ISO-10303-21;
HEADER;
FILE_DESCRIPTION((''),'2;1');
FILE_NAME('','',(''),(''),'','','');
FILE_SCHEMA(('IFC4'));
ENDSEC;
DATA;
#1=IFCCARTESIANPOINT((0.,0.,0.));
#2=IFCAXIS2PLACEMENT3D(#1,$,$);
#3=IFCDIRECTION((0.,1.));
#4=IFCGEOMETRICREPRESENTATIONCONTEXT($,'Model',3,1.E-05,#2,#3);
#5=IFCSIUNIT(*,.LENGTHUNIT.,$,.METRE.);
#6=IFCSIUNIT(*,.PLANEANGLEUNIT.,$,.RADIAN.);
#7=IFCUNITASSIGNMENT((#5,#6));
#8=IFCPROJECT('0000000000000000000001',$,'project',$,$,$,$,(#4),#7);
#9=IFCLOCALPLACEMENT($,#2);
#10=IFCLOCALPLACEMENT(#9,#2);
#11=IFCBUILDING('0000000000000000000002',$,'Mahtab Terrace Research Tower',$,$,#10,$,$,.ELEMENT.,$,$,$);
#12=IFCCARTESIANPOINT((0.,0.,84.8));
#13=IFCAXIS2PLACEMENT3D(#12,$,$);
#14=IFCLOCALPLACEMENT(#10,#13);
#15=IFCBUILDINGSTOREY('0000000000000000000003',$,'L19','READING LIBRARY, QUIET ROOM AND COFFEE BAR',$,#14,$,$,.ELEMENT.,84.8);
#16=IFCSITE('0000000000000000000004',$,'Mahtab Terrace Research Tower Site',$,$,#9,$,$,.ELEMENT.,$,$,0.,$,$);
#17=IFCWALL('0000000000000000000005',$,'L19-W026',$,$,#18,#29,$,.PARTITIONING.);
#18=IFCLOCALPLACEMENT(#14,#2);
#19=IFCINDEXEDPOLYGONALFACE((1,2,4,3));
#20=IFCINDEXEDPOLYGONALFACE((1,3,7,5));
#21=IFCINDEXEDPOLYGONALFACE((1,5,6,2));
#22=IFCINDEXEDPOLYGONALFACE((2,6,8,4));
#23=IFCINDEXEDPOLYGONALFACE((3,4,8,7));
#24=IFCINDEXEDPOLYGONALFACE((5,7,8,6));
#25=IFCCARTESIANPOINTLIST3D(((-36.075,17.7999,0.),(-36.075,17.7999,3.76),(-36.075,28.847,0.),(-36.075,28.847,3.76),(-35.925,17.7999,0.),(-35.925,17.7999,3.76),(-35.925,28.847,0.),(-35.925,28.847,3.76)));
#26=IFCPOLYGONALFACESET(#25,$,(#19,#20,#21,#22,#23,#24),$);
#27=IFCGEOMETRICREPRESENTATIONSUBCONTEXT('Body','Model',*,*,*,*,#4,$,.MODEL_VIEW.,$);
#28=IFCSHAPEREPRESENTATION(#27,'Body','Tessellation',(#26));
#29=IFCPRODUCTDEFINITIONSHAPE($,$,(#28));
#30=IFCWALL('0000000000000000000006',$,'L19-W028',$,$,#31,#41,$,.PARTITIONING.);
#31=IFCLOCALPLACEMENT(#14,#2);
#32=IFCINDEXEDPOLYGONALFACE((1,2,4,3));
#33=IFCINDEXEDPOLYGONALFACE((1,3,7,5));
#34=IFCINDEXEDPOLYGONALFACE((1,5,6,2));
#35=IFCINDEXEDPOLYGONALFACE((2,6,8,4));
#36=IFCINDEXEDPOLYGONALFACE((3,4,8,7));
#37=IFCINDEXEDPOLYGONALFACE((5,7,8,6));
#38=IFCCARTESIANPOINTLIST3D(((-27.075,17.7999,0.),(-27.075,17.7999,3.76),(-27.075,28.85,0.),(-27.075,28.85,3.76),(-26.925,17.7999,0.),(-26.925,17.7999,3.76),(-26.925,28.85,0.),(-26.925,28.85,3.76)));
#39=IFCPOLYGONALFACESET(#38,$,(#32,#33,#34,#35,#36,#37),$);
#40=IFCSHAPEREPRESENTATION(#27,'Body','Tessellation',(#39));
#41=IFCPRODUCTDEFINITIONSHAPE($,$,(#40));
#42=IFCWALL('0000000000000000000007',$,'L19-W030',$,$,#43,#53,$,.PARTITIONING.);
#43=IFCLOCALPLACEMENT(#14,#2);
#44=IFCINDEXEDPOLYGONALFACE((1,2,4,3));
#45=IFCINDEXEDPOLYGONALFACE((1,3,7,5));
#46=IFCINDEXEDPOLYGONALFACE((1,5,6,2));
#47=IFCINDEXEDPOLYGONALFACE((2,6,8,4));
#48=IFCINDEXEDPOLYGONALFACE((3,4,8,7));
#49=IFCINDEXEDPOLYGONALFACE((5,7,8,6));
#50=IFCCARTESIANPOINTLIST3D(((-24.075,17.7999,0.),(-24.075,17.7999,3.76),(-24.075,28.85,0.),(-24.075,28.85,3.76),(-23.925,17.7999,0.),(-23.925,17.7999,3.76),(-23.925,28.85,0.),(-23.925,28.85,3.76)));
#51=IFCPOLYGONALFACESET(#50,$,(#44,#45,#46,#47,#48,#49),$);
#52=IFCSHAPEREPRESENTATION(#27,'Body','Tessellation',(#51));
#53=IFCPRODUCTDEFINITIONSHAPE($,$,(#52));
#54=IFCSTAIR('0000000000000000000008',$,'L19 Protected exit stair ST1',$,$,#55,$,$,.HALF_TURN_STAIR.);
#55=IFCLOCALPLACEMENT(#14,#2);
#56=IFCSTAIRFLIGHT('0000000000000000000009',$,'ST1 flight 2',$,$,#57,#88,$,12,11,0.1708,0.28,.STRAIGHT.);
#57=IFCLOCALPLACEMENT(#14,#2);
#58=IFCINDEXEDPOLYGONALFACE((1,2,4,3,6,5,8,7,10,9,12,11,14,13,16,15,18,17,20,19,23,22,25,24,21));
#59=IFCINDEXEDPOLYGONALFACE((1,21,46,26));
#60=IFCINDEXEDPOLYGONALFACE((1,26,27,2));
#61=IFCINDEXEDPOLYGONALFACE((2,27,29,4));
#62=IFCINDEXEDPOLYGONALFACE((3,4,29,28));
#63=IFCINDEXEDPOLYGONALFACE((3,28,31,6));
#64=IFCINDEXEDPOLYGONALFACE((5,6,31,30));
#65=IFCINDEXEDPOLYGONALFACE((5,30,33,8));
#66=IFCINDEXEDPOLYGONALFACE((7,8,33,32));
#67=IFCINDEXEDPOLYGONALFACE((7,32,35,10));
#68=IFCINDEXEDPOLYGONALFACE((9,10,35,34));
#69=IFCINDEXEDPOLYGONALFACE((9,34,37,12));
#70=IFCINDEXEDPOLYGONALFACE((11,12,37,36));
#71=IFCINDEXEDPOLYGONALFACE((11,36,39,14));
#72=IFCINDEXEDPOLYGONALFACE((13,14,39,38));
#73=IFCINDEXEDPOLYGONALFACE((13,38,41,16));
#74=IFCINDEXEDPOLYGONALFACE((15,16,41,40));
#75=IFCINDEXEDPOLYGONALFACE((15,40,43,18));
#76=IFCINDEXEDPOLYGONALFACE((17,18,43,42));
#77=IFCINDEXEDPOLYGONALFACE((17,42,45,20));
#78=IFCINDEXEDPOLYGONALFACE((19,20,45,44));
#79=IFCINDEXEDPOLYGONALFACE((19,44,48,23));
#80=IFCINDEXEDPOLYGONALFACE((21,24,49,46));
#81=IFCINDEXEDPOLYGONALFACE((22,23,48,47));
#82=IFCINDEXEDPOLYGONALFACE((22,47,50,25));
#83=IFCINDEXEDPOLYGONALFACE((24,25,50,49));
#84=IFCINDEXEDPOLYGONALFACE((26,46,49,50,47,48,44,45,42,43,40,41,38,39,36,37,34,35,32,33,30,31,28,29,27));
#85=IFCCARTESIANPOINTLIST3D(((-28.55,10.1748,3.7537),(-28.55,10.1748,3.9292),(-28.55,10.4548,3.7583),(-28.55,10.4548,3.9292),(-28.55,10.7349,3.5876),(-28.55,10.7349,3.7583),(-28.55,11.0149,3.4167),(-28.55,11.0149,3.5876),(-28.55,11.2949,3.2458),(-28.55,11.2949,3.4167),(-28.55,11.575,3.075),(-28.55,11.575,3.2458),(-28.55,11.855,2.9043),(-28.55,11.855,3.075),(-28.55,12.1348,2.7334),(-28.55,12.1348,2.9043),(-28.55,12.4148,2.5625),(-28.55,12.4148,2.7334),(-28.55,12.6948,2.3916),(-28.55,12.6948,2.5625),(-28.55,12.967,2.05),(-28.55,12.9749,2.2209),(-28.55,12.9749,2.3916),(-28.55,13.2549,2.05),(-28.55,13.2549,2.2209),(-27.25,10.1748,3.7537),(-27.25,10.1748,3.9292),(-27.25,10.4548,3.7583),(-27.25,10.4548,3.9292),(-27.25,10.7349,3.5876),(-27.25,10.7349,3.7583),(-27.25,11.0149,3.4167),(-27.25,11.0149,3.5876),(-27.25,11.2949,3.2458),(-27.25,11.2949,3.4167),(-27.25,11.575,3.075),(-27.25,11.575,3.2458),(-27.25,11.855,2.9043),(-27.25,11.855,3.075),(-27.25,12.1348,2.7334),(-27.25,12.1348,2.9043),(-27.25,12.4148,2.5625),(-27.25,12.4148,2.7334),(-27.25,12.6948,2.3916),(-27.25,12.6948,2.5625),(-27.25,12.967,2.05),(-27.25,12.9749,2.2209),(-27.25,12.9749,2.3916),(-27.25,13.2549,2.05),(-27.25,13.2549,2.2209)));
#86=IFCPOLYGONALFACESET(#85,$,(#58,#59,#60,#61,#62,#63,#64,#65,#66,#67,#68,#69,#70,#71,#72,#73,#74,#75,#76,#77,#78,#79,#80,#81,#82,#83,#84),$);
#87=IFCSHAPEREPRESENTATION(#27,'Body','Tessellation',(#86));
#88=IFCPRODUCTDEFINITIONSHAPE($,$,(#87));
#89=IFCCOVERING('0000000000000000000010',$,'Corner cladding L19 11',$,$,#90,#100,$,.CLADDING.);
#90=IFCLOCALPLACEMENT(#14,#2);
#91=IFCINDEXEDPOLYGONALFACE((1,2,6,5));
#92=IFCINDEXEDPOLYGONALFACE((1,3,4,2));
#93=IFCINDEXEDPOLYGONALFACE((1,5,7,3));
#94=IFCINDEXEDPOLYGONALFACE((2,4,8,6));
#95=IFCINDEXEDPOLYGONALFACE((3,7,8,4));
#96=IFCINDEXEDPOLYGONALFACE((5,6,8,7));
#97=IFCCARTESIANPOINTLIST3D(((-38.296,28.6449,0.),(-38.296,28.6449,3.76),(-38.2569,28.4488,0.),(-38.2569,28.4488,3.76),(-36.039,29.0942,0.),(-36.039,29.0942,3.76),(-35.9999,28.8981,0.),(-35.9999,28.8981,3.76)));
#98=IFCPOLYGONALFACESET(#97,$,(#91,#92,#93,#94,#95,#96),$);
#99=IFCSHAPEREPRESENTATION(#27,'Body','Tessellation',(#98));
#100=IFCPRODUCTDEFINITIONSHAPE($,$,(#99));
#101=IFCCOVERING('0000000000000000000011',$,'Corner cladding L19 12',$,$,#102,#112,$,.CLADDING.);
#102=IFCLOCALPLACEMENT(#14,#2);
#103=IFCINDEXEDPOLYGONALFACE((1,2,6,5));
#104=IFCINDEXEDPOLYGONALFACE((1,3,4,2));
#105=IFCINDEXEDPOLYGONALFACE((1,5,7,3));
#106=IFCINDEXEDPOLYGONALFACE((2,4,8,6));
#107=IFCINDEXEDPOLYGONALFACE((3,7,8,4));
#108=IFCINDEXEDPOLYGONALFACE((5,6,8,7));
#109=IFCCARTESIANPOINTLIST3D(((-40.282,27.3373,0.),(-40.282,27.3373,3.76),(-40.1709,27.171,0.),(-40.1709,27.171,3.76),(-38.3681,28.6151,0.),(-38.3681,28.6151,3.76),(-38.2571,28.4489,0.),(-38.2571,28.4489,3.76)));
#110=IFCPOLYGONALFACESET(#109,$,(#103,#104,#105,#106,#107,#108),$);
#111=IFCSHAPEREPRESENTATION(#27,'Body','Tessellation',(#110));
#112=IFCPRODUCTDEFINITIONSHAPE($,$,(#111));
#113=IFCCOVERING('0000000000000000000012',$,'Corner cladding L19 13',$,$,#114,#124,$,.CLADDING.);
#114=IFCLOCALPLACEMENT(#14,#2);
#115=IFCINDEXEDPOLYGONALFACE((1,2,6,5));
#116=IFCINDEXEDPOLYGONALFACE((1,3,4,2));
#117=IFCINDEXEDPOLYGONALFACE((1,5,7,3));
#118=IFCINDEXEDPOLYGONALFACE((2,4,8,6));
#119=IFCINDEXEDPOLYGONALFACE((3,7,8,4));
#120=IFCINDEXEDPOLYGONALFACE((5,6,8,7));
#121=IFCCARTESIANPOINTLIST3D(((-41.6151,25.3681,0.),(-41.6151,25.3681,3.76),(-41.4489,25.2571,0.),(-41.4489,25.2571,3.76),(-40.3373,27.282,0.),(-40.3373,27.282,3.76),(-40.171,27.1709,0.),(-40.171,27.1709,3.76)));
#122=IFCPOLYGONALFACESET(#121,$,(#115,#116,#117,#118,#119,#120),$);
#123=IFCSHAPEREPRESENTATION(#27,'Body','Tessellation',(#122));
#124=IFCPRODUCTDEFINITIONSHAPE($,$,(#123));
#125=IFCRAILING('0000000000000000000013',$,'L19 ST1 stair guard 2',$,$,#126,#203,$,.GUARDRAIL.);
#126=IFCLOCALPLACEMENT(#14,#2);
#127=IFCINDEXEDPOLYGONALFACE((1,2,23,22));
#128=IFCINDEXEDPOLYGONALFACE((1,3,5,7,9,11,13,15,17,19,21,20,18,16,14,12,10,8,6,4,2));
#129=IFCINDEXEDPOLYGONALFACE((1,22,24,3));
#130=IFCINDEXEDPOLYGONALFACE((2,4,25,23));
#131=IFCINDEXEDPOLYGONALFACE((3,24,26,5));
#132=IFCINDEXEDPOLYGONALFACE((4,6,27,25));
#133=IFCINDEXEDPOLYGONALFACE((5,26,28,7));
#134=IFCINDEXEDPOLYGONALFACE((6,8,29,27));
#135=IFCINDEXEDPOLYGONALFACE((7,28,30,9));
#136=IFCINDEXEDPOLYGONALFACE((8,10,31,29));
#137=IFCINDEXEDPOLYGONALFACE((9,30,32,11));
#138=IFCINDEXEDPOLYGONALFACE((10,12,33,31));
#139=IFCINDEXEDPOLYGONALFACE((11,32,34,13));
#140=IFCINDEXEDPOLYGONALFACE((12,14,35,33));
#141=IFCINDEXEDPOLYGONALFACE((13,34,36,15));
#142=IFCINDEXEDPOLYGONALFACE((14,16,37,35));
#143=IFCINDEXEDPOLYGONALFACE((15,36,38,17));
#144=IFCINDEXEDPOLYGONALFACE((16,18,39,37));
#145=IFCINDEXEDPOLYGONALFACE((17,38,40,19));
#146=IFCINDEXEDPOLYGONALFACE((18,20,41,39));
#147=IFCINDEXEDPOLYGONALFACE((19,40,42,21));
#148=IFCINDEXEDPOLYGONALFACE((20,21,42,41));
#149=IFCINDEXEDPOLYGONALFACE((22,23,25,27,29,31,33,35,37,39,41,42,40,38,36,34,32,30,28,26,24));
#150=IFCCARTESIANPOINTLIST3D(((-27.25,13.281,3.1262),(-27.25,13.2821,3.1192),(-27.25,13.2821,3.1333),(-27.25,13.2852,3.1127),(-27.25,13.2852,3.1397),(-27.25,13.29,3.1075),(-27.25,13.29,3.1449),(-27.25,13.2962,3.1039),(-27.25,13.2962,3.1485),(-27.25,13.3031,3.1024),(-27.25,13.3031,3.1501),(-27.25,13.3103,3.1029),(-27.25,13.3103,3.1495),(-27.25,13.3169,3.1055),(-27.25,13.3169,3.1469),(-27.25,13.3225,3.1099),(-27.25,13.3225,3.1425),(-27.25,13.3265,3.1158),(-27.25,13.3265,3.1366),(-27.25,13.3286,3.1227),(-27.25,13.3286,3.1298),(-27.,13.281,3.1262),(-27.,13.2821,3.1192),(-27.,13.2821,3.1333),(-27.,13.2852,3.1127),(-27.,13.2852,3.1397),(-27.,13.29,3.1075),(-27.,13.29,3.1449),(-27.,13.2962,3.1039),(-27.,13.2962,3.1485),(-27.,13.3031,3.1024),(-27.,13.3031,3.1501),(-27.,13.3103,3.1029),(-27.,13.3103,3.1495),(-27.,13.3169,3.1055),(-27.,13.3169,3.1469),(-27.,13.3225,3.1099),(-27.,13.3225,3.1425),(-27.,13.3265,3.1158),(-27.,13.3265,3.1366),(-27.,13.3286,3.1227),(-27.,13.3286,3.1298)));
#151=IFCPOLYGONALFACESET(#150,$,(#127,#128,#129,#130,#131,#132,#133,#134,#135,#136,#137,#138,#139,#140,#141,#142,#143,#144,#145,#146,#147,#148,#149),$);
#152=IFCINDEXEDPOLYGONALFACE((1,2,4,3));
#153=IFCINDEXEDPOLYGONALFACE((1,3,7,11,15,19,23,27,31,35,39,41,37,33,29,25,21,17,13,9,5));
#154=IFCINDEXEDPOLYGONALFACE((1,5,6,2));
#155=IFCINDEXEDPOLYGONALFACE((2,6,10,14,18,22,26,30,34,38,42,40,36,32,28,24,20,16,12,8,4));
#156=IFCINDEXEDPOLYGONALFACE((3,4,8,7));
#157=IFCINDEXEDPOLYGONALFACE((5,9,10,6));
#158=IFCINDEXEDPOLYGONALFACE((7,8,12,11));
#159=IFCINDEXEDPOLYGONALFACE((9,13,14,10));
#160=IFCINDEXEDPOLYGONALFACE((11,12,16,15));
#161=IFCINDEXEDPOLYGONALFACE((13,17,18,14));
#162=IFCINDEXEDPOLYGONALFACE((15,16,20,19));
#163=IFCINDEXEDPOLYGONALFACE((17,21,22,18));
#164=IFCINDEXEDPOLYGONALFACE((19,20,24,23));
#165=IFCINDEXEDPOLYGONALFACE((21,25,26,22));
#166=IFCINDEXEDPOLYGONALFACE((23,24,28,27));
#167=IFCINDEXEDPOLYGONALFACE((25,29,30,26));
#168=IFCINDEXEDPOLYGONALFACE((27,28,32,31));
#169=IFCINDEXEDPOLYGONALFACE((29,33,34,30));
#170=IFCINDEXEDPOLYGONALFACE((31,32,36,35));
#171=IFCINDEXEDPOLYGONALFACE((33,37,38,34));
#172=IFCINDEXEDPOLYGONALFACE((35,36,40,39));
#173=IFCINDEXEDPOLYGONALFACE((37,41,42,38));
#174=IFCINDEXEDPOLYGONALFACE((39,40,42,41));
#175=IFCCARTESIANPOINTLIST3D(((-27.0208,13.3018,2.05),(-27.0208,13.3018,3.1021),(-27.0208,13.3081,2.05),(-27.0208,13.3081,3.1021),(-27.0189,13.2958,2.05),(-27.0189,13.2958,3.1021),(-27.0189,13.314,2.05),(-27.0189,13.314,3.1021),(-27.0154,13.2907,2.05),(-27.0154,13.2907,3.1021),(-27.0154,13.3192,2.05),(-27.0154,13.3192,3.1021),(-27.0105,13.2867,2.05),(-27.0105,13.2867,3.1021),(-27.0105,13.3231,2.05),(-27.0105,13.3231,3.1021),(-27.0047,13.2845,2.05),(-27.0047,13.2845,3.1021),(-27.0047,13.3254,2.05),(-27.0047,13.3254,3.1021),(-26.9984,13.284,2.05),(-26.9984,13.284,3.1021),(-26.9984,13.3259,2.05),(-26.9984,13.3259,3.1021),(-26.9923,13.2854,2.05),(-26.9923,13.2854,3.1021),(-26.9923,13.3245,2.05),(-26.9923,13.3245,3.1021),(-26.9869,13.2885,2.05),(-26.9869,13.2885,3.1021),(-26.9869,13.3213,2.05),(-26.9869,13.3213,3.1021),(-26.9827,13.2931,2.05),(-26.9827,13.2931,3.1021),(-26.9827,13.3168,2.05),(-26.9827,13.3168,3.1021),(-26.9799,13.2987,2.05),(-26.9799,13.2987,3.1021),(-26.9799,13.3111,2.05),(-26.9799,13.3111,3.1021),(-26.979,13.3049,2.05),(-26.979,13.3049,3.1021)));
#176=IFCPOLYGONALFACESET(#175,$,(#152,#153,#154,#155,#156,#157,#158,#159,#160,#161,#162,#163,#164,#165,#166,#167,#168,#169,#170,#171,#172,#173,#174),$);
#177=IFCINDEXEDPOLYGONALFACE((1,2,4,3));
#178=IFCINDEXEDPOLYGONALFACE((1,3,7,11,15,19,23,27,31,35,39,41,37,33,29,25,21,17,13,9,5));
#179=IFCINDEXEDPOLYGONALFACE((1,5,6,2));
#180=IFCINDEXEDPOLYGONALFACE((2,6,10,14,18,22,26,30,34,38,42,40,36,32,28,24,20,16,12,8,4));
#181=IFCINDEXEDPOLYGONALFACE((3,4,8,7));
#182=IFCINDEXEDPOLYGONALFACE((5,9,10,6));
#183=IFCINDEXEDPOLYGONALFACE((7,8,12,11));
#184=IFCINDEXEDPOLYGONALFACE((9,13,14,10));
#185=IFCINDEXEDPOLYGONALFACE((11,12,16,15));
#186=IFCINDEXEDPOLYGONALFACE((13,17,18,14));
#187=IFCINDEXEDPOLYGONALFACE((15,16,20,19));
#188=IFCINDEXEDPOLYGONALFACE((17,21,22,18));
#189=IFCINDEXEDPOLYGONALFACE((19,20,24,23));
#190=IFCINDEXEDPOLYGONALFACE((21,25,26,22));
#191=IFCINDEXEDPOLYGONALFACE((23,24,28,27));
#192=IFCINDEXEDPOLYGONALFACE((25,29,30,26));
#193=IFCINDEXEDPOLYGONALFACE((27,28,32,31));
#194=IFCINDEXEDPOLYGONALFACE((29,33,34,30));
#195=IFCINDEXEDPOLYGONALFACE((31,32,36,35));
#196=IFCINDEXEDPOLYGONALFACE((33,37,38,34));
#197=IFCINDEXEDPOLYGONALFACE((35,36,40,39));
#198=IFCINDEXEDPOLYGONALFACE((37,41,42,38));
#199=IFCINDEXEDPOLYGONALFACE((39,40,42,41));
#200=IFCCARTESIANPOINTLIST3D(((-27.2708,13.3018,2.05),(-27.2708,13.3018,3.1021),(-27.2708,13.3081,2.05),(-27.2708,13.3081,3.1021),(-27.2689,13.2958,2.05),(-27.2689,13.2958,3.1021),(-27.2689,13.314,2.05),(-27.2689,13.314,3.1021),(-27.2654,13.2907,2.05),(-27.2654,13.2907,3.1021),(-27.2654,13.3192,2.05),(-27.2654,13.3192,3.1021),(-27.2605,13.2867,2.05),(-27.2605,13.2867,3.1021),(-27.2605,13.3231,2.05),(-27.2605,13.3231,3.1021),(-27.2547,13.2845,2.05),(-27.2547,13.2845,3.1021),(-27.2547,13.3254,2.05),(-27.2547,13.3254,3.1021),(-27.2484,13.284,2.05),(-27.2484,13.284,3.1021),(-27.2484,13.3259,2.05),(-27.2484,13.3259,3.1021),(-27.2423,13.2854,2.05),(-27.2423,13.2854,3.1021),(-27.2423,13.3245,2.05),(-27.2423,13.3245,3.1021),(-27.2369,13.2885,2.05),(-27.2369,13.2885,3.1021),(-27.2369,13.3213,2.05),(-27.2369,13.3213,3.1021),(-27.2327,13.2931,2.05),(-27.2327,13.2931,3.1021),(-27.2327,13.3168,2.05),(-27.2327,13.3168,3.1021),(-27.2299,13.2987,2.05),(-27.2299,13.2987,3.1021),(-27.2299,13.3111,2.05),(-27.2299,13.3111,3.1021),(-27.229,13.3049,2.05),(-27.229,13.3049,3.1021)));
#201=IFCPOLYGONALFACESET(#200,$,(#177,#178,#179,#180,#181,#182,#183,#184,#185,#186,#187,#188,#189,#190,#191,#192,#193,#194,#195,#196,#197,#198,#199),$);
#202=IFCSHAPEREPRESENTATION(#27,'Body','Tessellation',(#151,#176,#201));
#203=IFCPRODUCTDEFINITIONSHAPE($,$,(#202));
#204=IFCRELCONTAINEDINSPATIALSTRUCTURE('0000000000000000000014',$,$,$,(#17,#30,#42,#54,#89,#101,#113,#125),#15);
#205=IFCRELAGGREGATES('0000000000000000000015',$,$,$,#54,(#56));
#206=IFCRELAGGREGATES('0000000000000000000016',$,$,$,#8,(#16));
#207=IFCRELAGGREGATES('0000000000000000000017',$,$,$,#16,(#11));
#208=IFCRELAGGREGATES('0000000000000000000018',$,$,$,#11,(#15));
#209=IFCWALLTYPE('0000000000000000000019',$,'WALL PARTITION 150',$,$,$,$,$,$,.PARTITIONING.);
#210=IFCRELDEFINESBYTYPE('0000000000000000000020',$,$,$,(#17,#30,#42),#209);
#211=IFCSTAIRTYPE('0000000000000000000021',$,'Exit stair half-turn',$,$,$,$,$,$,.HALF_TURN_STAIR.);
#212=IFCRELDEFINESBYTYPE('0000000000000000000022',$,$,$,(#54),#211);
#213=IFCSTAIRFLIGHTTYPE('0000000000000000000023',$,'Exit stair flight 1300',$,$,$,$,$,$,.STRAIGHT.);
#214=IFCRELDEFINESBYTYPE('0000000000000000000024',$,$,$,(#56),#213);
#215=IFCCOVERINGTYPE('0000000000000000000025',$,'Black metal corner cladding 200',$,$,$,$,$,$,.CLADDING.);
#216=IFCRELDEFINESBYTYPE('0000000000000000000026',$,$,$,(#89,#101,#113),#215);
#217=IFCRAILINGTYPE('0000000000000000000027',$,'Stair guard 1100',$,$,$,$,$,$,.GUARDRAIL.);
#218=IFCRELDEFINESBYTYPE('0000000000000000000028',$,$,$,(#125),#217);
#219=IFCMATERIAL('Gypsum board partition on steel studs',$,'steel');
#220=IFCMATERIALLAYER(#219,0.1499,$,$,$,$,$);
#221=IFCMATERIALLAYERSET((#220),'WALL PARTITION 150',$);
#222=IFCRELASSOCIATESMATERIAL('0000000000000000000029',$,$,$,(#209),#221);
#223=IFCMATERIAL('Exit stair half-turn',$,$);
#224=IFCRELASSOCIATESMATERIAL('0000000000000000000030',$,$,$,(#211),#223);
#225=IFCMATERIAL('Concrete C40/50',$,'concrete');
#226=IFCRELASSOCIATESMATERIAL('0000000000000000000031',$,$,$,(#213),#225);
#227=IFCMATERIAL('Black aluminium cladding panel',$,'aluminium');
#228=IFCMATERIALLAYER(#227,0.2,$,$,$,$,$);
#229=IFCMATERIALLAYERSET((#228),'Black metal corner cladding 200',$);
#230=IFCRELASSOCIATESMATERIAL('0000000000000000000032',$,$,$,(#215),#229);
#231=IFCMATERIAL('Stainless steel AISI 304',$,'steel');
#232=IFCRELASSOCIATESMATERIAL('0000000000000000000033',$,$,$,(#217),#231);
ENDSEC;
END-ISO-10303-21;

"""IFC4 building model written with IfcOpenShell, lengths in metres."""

from ifc_helpers import new_model, si_unit, direction, frame, frame_2d, origin, origin_2d, place, context, subcontext, project, spatial, polyline, rectangle, circle, outline, extrude, material, layer, layer_set, type_object, element, aggregate, save


model = new_model("IFC4")

# Units and contexts
model_context = context("Model", 3, precision=1e-05, world=origin(), true_north=direction((0.0, 1.0)))
body_context = subcontext(model_context, "Body", "Model", "MODEL_VIEW")
ifc_project = project(units=[si_unit("LENGTHUNIT", "METRE"), si_unit("PLANEANGLEUNIT", "RADIAN")], contexts=[model_context])

# Site, building, storey
site_placement = place(None, origin())
site = spatial("IfcSite", under=ifc_project, at=site_placement, Name="Mahtab Terrace Research Tower Site", CompositionType="ELEMENT", RefElevation=0.0)
building_placement = place(site_placement, origin())
building = spatial("IfcBuilding", under=site, at=building_placement, Name="Mahtab Terrace Research Tower", CompositionType="ELEMENT")
storey_placement = place(building_placement, frame((0.0, 0.0, 84.8)))
storey = spatial("IfcBuildingStorey", under=building, at=storey_placement, Name="L19", Description="READING LIBRARY, QUIET ROOM AND COFFEE BAR", CompositionType="ELEMENT", Elevation=84.8)

# Shared definitions
ifc_material_1 = material(Name="Black aluminium cladding panel", Category="aluminium")

# Walls
ifc_material_2 = material(Name="Gypsum board partition on steel studs", Category="steel")
ifc_layer_1 = layer(ifc_material_2, 0.1499)
ifc_layer_set_1 = layer_set([ifc_layer_1], Name="WALL PARTITION 150")
wall_type_1 = type_object("IfcWallType", Name="WALL PARTITION 150", PredefinedType="PARTITIONING", material=ifc_layer_set_1)
wall_1_placement = place(storey_placement, frame((-36.0, 17.8, 0.0), z_axis=(0.0, 0.0, 1.0), x_axis=(0.0, 1.0, 0.0)))
element("IfcWall", 1, at=wall_1_placement, inside=storey, type_object=wall_type_1, Name="L19-W026", PredefinedType="PARTITIONING", context=body_context, shape_type="SweptSolid", body=[
    extrude(rectangle(XDim=11.0471, YDim=0.1499, at=frame_2d((5.5234, 0.0))), origin(), (0.0, 0.0, 1.0), 3.76),
])
for number, where, z_axis, x_axis, name in (
    (2, (-27.0, 17.8, 0.0), (0.0, 0.0, 1.0), (0.0, 1.0, 0.0), "L19-W028"),
    (3, (-24.0, 17.8, 0.0), (0.0, 0.0, 1.0), (0.0, 1.0, 0.0), "L19-W030"),
):
    element("IfcWall", number, at=place(storey_placement, frame(where, z_axis=z_axis, x_axis=x_axis)), inside=storey, type_object=wall_type_1, Name=name, PredefinedType="PARTITIONING", context=body_context, shape_type="SweptSolid", body=[
        extrude(rectangle(XDim=11.05, YDim=0.1499, at=frame_2d((5.5249, 0.0))), origin(), (0.0, 0.0, 1.0), 3.76),
    ])

# Stair, stair flight
ifc_material_3 = material(Name="Exit stair half-turn")
stair_type = type_object("IfcStairType", Name="Exit stair half-turn", PredefinedType="HALF_TURN_STAIR", material=ifc_material_3)
stair_placement = place(storey_placement, origin())
stair = element("IfcStair", 4, at=stair_placement, inside=storey, type_object=stair_type, Name="L19 Protected exit stair ST1", PredefinedType="HALF_TURN_STAIR")
ifc_material_4 = material(Name="Concrete C40/50", Category="concrete")
stair_flight_type = type_object("IfcStairFlightType", Name="Exit stair flight 1300", PredefinedType="STRAIGHT", material=ifc_material_4)
stair_flight_placement = place(storey_placement, frame((-27.8999, 13.2549, 2.05), z_axis=(0.0, 0.0, 1.0), x_axis=(0.0, -1.0, 0.0)))
stair_flight = element("IfcStairFlight", 5, at=stair_flight_placement, type_object=stair_flight_type, Name="ST1 flight 2", NumberOfRisers=12, NumberOfTreads=11, PredefinedType="STRAIGHT", RiserHeight=0.1708, TreadLength=0.28, context=body_context, shape_type="SweptSolid", body=[
    extrude(outline(polyline([(0.0, 0.0), (0.0, 0.1709), (0.28, 0.1709), (0.28, 0.3416), (0.5601, 0.3416), (0.5601, 0.5125), (0.8401, 0.5125), (0.8401, 0.6833), (1.1201, 0.6833), (1.1201, 0.8542), (1.3999, 0.8542), (1.3999, 1.0249), (1.6799, 1.0249), (1.6799, 1.1958), (1.96, 1.1958), (1.96, 1.3667), (2.24, 1.3667), (2.24, 1.5376), (2.52, 1.5376), (2.52, 1.7083), (2.8, 1.7083), (2.8, 1.8792), (3.0801, 1.8792), (3.0801, 2.05), (3.0801, 1.7036), (0.2878, 0.0), (0.0, 0.0)])), frame((0.0, 0.6499, 0.0), z_axis=(0.0, -1.0, 0.0), x_axis=(1.0, 0.0, 0.0)), (0.0, 0.0, 1.0), 1.3),
])
aggregate(stair, [stair_flight])

# Coverings
ifc_layer_2 = layer(ifc_material_1, 0.2)
ifc_layer_set_2 = layer_set([ifc_layer_2], Name="Black metal corner cladding 200")
covering_type = type_object("IfcCoveringType", Name="Black metal corner cladding 200", PredefinedType="CLADDING", material=ifc_layer_set_2)
for number, where, z_axis, x_axis, name in (
    (6, (-37.1479, 28.7715, 0.0), (0.0, 0.0, 1.0), (-0.980761, -0.195212, 0.0), "Corner cladding L19 11"),
    (7, (-39.2695, 27.8931, 0.0), (0.0, 0.0, 1.0), (-0.831656, -0.555291, 0.0), "Corner cladding L19 12"),
    (8, (-40.8931, 26.2695, 0.0), (0.0, 0.0, 1.0), (-0.555291, -0.831656, 0.0), "Corner cladding L19 13"),
):
    element("IfcCovering", number, at=place(storey_placement, frame(where, z_axis=z_axis, x_axis=x_axis)), inside=storey, type_object=covering_type, Name=name, PredefinedType="CLADDING", context=body_context, shape_type="SweptSolid", body=[
        extrude(rectangle(XDim=2.3013, YDim=0.2, at=origin_2d()), origin(), (0.0, 0.0, 1.0), 3.76),
    ])

# Railing
ifc_material_5 = material(Name="Stainless steel AISI 304", Category="steel")
railing_type_1 = type_object("IfcRailingType", Name="Stair guard 1100", PredefinedType="GUARDRAIL", material=ifc_material_5)
railing_1_placement = place(storey_placement, frame((-27.0, 13.3049, 2.05)))
element("IfcRailing", 9, at=railing_1_placement, inside=storey, type_object=railing_type_1, Name="L19 ST1 stair guard 2", PredefinedType="GUARDRAIL", context=body_context, shape_type="SweptSolid", body=[
    extrude(circle(Radius=0.0239, at=origin_2d()), frame((0.0, 0.0, 1.0762), z_axis=(-1.0, 0.0, 0.0), x_axis=(0.0, -1.0, 0.0)), (0.0, 0.0, 1.0), 0.25),
    extrude(circle(Radius=0.021, at=origin_2d()), origin(), (0.0, 0.0, 1.0), 1.052),
    extrude(circle(Radius=0.021, at=origin_2d()), frame((-0.25, 0.0, 0.0)), (0.0, 0.0, 1.0), 1.052),
])

save(model, "model.ifc")
